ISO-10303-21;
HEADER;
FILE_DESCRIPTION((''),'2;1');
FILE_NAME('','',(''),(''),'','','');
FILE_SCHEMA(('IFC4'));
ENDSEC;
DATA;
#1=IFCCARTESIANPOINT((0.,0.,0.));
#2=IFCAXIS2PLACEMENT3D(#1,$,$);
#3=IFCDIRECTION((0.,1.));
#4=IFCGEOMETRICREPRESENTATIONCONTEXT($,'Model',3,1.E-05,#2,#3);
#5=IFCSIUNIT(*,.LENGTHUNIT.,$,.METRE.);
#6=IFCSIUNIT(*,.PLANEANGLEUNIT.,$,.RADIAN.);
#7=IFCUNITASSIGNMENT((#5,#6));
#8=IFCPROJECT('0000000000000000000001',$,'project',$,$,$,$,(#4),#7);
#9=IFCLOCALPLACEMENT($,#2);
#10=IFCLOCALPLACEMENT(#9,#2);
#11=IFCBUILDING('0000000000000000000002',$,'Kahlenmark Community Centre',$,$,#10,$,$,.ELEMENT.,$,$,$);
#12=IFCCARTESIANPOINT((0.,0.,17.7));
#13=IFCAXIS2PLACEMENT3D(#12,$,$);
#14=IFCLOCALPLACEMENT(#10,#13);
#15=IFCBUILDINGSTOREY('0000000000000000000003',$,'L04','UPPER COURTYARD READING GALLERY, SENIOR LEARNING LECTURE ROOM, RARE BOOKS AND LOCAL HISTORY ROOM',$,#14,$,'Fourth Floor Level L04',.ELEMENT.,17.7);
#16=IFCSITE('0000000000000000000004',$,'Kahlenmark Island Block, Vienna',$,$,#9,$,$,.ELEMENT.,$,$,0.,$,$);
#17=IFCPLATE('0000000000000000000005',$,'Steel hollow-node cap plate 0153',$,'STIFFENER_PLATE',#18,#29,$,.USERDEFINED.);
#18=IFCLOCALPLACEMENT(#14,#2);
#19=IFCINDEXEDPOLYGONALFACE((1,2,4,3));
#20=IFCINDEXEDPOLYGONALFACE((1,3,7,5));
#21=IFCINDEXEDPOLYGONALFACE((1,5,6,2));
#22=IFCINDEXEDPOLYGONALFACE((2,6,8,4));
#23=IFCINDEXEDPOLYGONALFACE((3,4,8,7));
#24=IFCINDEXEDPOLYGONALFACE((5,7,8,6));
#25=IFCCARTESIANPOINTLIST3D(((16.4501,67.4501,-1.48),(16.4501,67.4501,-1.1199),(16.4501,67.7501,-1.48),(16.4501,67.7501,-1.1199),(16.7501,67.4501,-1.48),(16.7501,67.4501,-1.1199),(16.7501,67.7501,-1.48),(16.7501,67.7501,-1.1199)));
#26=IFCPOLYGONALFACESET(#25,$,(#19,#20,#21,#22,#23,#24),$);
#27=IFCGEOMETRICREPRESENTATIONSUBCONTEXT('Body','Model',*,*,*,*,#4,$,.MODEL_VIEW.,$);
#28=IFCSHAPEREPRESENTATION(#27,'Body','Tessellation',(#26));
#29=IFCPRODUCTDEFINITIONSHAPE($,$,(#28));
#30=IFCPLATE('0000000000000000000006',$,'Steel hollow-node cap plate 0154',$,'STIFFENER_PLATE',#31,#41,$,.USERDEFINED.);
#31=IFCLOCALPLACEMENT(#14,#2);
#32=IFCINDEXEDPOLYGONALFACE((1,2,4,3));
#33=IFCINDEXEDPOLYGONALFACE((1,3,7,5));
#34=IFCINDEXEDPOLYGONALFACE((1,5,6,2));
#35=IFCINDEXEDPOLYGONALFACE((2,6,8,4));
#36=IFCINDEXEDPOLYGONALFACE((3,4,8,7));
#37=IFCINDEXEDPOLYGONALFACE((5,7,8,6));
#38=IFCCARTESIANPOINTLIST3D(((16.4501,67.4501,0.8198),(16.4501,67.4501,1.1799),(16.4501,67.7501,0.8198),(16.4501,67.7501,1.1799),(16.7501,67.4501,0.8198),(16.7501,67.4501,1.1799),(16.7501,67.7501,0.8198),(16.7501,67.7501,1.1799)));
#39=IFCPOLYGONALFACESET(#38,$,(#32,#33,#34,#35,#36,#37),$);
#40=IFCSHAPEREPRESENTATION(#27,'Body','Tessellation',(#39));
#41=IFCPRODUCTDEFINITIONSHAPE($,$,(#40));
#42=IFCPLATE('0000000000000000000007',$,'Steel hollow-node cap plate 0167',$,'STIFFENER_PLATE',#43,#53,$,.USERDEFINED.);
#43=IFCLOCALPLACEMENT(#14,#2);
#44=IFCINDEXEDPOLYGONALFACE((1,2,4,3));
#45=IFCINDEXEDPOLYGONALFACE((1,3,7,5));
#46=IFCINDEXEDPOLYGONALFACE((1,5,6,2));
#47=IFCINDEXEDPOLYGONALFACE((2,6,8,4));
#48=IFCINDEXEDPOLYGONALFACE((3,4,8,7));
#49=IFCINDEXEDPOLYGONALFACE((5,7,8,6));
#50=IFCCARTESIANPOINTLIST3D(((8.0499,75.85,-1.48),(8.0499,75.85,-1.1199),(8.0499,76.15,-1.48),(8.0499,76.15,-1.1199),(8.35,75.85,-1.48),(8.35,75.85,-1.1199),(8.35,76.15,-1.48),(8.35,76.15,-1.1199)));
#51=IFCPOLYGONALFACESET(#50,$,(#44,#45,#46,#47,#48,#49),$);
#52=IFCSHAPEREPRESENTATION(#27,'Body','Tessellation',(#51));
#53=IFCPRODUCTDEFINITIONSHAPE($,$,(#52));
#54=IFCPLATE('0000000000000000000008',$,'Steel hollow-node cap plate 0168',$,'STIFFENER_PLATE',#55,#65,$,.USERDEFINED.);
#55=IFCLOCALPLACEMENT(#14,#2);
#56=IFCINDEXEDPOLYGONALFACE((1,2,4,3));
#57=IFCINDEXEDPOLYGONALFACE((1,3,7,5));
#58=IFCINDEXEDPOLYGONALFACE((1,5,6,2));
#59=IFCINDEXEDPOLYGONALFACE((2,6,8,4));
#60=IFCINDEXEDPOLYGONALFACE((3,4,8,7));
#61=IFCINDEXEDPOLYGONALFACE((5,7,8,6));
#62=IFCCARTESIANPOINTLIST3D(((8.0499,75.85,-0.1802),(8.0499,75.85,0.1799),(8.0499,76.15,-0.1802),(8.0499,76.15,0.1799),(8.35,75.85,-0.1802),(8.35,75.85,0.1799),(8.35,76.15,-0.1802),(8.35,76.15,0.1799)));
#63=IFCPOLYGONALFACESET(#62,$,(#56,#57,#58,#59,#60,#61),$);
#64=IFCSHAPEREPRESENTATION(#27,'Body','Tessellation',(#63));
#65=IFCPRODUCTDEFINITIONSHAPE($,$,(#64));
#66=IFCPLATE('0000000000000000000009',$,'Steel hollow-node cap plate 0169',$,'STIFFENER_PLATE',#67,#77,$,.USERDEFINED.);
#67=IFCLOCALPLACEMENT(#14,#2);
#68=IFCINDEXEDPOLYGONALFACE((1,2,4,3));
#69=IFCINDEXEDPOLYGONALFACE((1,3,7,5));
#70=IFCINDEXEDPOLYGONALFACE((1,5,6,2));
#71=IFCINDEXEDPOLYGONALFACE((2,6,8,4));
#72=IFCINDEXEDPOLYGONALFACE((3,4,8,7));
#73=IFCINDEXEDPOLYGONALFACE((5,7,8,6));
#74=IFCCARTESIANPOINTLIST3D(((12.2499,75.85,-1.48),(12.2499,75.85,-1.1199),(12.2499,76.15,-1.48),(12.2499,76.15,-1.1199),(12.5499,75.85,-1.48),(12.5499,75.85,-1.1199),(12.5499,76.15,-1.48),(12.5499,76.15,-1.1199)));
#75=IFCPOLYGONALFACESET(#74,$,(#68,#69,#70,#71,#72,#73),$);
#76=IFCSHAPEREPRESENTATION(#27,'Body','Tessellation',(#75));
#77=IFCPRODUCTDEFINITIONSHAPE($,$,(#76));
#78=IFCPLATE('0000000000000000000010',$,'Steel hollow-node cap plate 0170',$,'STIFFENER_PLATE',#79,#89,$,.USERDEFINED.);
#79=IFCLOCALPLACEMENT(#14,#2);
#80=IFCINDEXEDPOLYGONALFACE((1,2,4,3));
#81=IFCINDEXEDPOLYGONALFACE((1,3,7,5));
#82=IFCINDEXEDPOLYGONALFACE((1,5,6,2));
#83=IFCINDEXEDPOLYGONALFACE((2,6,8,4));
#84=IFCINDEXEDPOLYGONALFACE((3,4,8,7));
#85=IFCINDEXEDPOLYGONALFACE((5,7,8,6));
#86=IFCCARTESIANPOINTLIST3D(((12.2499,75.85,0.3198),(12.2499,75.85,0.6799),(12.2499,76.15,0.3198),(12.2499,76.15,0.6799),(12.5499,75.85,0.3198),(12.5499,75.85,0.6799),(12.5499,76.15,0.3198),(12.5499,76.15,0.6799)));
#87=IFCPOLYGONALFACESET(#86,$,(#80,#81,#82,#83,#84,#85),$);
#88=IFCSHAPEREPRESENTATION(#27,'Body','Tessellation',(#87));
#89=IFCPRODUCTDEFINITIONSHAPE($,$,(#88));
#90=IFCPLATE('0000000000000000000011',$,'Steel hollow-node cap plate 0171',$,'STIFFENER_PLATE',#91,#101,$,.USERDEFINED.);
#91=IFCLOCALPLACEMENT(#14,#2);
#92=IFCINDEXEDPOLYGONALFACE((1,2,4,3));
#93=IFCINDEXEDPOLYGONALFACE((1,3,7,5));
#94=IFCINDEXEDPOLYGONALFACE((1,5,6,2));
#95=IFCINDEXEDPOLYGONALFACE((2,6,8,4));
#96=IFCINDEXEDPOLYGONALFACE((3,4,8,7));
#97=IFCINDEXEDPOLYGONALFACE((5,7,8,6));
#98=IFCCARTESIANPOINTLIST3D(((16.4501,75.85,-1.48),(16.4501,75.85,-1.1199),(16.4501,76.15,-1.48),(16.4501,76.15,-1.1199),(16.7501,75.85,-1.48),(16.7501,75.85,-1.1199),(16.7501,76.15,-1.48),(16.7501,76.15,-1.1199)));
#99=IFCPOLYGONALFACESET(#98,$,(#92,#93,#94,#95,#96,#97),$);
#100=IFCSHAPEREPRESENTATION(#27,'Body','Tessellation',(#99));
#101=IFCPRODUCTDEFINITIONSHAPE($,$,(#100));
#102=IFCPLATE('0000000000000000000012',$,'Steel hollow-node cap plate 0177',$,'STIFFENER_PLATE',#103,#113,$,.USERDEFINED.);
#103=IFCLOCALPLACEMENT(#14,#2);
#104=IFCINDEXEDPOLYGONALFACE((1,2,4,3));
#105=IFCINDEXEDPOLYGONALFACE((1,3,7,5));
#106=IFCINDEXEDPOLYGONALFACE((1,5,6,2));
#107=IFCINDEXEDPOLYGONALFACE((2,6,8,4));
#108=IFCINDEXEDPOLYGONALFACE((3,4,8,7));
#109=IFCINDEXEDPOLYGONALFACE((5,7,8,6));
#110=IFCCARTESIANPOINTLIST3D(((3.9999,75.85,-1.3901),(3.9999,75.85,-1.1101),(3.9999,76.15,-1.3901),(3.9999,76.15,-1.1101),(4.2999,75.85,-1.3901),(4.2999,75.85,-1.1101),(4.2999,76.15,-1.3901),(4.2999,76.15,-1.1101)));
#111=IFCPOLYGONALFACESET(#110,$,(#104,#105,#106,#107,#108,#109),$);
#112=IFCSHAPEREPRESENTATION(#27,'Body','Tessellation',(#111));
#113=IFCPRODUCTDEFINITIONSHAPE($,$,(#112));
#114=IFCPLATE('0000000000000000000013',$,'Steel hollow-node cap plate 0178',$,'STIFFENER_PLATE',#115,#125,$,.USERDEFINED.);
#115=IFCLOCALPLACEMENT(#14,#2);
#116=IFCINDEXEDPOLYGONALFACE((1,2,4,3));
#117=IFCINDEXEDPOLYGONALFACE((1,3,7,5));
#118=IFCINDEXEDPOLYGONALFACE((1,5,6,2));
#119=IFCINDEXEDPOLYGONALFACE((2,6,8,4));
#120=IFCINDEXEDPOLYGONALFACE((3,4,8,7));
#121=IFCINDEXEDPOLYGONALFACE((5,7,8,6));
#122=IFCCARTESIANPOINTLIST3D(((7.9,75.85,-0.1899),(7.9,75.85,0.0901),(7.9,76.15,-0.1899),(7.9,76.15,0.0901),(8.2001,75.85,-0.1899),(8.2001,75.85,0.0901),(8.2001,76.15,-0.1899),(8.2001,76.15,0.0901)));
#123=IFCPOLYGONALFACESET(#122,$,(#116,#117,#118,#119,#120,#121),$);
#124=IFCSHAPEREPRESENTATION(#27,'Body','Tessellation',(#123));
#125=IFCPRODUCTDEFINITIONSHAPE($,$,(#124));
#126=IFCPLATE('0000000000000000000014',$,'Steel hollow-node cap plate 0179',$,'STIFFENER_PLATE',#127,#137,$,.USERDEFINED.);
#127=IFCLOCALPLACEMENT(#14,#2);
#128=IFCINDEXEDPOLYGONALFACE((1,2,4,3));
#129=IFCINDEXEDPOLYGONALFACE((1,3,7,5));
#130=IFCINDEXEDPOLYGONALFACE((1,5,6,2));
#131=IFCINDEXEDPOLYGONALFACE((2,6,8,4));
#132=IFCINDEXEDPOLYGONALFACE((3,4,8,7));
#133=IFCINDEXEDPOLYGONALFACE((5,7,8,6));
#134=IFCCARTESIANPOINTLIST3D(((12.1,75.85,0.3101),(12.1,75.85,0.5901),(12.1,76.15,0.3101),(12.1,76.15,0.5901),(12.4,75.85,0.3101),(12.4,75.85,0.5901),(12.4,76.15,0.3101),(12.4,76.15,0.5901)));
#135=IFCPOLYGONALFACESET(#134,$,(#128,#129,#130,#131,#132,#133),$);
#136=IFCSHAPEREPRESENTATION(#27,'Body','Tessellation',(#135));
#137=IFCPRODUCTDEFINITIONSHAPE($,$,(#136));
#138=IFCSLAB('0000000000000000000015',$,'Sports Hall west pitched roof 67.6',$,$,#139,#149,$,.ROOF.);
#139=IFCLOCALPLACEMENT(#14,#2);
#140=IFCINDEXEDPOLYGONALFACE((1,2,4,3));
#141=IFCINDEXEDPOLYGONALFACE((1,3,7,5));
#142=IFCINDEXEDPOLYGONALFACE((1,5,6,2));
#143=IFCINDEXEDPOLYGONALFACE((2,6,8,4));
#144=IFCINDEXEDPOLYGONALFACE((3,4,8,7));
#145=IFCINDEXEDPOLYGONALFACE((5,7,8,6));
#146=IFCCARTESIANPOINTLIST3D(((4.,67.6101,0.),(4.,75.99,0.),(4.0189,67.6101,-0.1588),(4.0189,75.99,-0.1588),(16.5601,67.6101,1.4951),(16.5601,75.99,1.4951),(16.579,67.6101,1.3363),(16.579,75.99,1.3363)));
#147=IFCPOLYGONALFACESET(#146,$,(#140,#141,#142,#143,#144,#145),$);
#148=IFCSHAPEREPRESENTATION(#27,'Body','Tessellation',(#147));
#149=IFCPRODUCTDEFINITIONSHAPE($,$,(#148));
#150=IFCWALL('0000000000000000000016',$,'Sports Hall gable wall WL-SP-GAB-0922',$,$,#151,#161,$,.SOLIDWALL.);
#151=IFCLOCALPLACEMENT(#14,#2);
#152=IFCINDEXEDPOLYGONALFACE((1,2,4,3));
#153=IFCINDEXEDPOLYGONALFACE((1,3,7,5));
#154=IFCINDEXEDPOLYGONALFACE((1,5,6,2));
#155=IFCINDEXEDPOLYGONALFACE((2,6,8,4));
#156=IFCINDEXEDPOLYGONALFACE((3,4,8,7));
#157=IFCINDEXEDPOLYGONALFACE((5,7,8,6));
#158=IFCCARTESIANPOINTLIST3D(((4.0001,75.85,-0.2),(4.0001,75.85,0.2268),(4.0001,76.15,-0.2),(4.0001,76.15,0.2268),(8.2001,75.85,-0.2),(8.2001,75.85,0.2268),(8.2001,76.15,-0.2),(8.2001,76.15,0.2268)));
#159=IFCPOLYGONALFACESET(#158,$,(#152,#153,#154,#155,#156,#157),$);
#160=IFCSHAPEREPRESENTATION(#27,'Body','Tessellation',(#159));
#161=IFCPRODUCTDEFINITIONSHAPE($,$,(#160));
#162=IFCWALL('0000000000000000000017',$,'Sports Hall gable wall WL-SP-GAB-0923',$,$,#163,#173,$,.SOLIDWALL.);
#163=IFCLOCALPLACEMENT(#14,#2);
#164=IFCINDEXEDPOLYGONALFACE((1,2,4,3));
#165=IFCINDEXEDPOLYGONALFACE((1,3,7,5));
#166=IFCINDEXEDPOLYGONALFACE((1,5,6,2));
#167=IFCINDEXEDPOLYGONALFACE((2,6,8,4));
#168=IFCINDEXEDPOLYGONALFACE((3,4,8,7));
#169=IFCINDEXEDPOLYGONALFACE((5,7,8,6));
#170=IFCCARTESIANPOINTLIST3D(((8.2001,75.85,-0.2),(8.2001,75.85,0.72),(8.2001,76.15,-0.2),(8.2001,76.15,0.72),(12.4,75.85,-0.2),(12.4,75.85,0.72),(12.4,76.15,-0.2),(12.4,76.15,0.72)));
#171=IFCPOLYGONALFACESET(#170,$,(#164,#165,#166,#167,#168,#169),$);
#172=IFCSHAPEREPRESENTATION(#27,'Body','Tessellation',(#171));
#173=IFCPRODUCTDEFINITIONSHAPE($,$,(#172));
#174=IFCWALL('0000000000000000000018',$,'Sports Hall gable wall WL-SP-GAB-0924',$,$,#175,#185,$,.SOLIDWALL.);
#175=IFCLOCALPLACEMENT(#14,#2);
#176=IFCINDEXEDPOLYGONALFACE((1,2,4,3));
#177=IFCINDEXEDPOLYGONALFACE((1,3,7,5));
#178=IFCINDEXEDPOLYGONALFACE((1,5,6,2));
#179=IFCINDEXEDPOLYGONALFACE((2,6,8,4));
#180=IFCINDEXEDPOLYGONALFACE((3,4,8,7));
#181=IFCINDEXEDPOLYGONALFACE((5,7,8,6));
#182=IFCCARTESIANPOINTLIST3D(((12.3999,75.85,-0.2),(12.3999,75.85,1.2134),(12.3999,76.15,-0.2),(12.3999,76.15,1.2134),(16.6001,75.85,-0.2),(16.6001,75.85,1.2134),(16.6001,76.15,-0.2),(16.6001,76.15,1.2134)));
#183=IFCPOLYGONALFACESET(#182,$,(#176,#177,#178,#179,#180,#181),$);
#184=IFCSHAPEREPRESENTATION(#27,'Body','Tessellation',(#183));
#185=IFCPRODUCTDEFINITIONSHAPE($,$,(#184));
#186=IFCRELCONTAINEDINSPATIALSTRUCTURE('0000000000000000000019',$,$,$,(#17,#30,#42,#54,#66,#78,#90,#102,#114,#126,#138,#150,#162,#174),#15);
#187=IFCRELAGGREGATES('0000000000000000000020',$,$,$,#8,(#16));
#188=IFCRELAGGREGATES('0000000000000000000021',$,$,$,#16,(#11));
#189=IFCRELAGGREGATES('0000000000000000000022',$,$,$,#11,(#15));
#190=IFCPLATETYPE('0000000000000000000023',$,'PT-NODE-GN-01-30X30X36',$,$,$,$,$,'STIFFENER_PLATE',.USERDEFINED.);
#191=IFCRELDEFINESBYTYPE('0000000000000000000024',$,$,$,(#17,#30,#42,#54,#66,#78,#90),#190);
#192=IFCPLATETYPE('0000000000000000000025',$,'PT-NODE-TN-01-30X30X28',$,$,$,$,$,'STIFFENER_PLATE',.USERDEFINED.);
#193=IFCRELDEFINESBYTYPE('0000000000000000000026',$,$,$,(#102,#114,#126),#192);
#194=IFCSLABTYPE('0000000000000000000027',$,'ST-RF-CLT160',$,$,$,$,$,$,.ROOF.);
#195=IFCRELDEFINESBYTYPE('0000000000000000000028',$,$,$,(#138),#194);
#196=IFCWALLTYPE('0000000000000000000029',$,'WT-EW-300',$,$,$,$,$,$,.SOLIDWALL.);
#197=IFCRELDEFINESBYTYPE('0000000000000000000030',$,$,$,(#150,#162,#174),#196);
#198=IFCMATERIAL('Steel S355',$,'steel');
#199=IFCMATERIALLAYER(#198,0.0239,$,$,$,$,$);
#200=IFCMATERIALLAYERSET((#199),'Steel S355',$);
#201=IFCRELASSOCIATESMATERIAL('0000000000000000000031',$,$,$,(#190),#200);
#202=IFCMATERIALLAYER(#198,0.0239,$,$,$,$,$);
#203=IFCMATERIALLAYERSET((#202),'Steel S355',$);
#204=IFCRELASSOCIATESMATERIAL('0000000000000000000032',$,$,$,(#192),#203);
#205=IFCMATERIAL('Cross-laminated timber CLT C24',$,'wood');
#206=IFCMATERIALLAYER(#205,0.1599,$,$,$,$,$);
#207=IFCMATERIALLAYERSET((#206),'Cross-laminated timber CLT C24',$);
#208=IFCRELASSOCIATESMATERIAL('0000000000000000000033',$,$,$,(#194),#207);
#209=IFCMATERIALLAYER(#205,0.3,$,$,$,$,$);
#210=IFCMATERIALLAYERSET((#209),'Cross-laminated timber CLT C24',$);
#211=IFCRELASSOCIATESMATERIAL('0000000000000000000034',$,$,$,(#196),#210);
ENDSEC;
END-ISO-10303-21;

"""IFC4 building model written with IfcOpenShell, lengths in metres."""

from ifc_helpers import new_model, si_unit, direction, frame, frame_2d, origin, origin_2d, place, context, subcontext, project, spatial, polyline, rectangle, outline, extrude, material, layer, layer_set, type_object, element, save


model = new_model("IFC4")

# Units and contexts
model_context = context("Model", 3, precision=1e-05, world=origin(), true_north=direction((0.0, 1.0)))
body_context = subcontext(model_context, "Body", "Model", "MODEL_VIEW")
ifc_project = project(units=[si_unit("LENGTHUNIT", "METRE"), si_unit("PLANEANGLEUNIT", "RADIAN")], contexts=[model_context])

# Site, building, storey
site_placement = place(None, origin())
site = spatial("IfcSite", under=ifc_project, at=site_placement, Name="Kahlenmark Island Block, Vienna", CompositionType="ELEMENT", RefElevation=0.0)
building_placement = place(site_placement, origin())
building = spatial("IfcBuilding", under=site, at=building_placement, Name="Kahlenmark Community Centre", CompositionType="ELEMENT")
storey_placement = place(building_placement, frame((0.0, 0.0, 17.7)))
storey = spatial("IfcBuildingStorey", under=building, at=storey_placement, Name="L04", Description="UPPER COURTYARD READING GALLERY, SENIOR LEARNING LECTURE ROOM, RARE BOOKS AND LOCAL HISTORY ROOM", LongName="Fourth Floor Level L04", CompositionType="ELEMENT", Elevation=17.7)

# Shared definitions
ifc_material_1 = material(Name="Steel S355", Category="steel")

# Plates
ifc_layer_1 = layer(ifc_material_1, 0.0239)
ifc_layer_set_1 = layer_set([ifc_layer_1], Name="Steel S355")
plate_type_1 = type_object("IfcPlateType", Name="PT-NODE-GN-01-30X30X36", ElementType="STIFFENER_PLATE", PredefinedType="USERDEFINED", material=ifc_layer_set_1)
for number, where, z_axis, x_axis, name in (
    (1, (16.6001, 67.6001, -1.48), (0.0, 0.0, 1.0), (1.0, 0.0, 0.0), "Steel hollow-node cap plate 0153"),
    (2, (16.6001, 67.6001, 0.8198), (0.0, 0.0, 1.0), (1.0, 0.0, 0.0), "Steel hollow-node cap plate 0154"),
    (3, (8.2, 76.0, -1.48), (0.0, 0.0, 1.0), (1.0, 0.0, 0.0), "Steel hollow-node cap plate 0167"),
    (4, (8.2, 76.0, -0.1802), (0.0, 0.0, 1.0), (1.0, 0.0, 0.0), "Steel hollow-node cap plate 0168"),
    (5, (12.3999, 76.0, -1.48), (0.0, 0.0, 1.0), (1.0, 0.0, 0.0), "Steel hollow-node cap plate 0169"),
    (6, (12.3999, 76.0, 0.3198), (0.0, 0.0, 1.0), (1.0, 0.0, 0.0), "Steel hollow-node cap plate 0170"),
    (7, (16.6001, 76.0, -1.48), (0.0, 0.0, 1.0), (1.0, 0.0, 0.0), "Steel hollow-node cap plate 0171"),
):
    element("IfcPlate", number, at=place(storey_placement, frame(where, z_axis=z_axis, x_axis=x_axis)), inside=storey, type_object=plate_type_1, Name=name, ObjectType="STIFFENER_PLATE", PredefinedType="USERDEFINED", context=body_context, shape_type="SweptSolid", body=[
        extrude(rectangle(XDim=0.3, YDim=0.3, at=origin_2d()), origin(), (0.0, 0.0, 1.0), 0.3601),
    ])
ifc_layer_2 = layer(ifc_material_1, 0.0239)
ifc_layer_set_2 = layer_set([ifc_layer_2], Name="Steel S355")
plate_type_2 = type_object("IfcPlateType", Name="PT-NODE-TN-01-30X30X28", ElementType="STIFFENER_PLATE", PredefinedType="USERDEFINED", material=ifc_layer_set_2)
for number, where, z_axis, x_axis, name in (
    (8, (4.1499, 76.0, -1.3901), (0.0, 0.0, 1.0), (1.0, 0.0, 0.0), "Steel hollow-node cap plate 0177"),
    (9, (8.05, 76.0, -0.1899), (0.0, 0.0, 1.0), (1.0, 0.0, 0.0), "Steel hollow-node cap plate 0178"),
    (10, (12.25, 76.0, 0.3101), (0.0, 0.0, 1.0), (1.0, 0.0, 0.0), "Steel hollow-node cap plate 0179"),
):
    element("IfcPlate", number, at=place(storey_placement, frame(where, z_axis=z_axis, x_axis=x_axis)), inside=storey, type_object=plate_type_2, Name=name, ObjectType="STIFFENER_PLATE", PredefinedType="USERDEFINED", context=body_context, shape_type="SweptSolid", body=[
        extrude(rectangle(XDim=0.3, YDim=0.3, at=origin_2d()), origin(), (0.0, 0.0, 1.0), 0.28),
    ])

# Slab
ifc_material_2 = material(Name="Cross-laminated timber CLT C24", Category="wood")
ifc_layer_3 = layer(ifc_material_2, 0.1599)
ifc_layer_set_3 = layer_set([ifc_layer_3], Name="Cross-laminated timber CLT C24")
slab_type = type_object("IfcSlabType", Name="ST-RF-CLT160", PredefinedType="ROOF", material=ifc_layer_set_3)
slab_placement = place(storey_placement, frame((4.0, 67.6101, 0.0), z_axis=(-0.118203, 0.0, 0.992989), x_axis=(0.992989, 0.0, 0.118203)))
element("IfcSlab", 11, at=slab_placement, inside=storey, type_object=slab_type, Name="Sports Hall west pitched roof 67.6", PredefinedType="ROOF", context=body_context, shape_type="SweptSolid", body=[
    extrude(outline(polyline([(0.0, 0.0), (12.6487, 0.0), (12.6487, 8.3799), (0.0, 8.3799), (0.0, 0.0)])), origin(), (0.0, 0.0, -1.0), 0.1599),
])

# Walls
ifc_layer_4 = layer(ifc_material_2, 0.3)
ifc_layer_set_4 = layer_set([ifc_layer_4], Name="Cross-laminated timber CLT C24")
wall_type = type_object("IfcWallType", Name="WT-EW-300", PredefinedType="SOLIDWALL", material=ifc_layer_set_4)
wall_1_placement = place(storey_placement, frame((4.0, 76.0, -0.2), z_axis=(0.0, 0.0, 1.0), x_axis=(1.0, 0.0, 0.0)))
element("IfcWall", 12, at=wall_1_placement, inside=storey, type_object=wall_type, Name="Sports Hall gable wall WL-SP-GAB-0922", PredefinedType="SOLIDWALL", context=body_context, shape_type="SweptSolid", body=[
    extrude(rectangle(XDim=4.2, YDim=0.3, at=frame_2d((2.1001, 0.0))), origin(), (0.0, 0.0, 1.0), 0.4268),
])
wall_2_placement = place(storey_placement, frame((8.2, 76.0, -0.2), z_axis=(0.0, 0.0, 1.0), x_axis=(1.0, 0.0, 0.0)))
element("IfcWall", 13, at=wall_2_placement, inside=storey, type_object=wall_type, Name="Sports Hall gable wall WL-SP-GAB-0923", PredefinedType="SOLIDWALL", context=body_context, shape_type="SweptSolid", body=[
    extrude(rectangle(XDim=4.2, YDim=0.3, at=frame_2d((2.1001, 0.0))), origin(), (0.0, 0.0, 1.0), 0.9199),
])
wall_3_placement = place(storey_placement, frame((12.3999, 76.0, -0.2), z_axis=(0.0, 0.0, 1.0), x_axis=(1.0, 0.0, 0.0)))
element("IfcWall", 14, at=wall_3_placement, inside=storey, type_object=wall_type, Name="Sports Hall gable wall WL-SP-GAB-0924", PredefinedType="SOLIDWALL", context=body_context, shape_type="SweptSolid", body=[
    extrude(rectangle(XDim=4.2002, YDim=0.3, at=frame_2d((2.1001, 0.0))), origin(), (0.0, 0.0, 1.0), 1.4133),
])

save(model, "model.ifc")
